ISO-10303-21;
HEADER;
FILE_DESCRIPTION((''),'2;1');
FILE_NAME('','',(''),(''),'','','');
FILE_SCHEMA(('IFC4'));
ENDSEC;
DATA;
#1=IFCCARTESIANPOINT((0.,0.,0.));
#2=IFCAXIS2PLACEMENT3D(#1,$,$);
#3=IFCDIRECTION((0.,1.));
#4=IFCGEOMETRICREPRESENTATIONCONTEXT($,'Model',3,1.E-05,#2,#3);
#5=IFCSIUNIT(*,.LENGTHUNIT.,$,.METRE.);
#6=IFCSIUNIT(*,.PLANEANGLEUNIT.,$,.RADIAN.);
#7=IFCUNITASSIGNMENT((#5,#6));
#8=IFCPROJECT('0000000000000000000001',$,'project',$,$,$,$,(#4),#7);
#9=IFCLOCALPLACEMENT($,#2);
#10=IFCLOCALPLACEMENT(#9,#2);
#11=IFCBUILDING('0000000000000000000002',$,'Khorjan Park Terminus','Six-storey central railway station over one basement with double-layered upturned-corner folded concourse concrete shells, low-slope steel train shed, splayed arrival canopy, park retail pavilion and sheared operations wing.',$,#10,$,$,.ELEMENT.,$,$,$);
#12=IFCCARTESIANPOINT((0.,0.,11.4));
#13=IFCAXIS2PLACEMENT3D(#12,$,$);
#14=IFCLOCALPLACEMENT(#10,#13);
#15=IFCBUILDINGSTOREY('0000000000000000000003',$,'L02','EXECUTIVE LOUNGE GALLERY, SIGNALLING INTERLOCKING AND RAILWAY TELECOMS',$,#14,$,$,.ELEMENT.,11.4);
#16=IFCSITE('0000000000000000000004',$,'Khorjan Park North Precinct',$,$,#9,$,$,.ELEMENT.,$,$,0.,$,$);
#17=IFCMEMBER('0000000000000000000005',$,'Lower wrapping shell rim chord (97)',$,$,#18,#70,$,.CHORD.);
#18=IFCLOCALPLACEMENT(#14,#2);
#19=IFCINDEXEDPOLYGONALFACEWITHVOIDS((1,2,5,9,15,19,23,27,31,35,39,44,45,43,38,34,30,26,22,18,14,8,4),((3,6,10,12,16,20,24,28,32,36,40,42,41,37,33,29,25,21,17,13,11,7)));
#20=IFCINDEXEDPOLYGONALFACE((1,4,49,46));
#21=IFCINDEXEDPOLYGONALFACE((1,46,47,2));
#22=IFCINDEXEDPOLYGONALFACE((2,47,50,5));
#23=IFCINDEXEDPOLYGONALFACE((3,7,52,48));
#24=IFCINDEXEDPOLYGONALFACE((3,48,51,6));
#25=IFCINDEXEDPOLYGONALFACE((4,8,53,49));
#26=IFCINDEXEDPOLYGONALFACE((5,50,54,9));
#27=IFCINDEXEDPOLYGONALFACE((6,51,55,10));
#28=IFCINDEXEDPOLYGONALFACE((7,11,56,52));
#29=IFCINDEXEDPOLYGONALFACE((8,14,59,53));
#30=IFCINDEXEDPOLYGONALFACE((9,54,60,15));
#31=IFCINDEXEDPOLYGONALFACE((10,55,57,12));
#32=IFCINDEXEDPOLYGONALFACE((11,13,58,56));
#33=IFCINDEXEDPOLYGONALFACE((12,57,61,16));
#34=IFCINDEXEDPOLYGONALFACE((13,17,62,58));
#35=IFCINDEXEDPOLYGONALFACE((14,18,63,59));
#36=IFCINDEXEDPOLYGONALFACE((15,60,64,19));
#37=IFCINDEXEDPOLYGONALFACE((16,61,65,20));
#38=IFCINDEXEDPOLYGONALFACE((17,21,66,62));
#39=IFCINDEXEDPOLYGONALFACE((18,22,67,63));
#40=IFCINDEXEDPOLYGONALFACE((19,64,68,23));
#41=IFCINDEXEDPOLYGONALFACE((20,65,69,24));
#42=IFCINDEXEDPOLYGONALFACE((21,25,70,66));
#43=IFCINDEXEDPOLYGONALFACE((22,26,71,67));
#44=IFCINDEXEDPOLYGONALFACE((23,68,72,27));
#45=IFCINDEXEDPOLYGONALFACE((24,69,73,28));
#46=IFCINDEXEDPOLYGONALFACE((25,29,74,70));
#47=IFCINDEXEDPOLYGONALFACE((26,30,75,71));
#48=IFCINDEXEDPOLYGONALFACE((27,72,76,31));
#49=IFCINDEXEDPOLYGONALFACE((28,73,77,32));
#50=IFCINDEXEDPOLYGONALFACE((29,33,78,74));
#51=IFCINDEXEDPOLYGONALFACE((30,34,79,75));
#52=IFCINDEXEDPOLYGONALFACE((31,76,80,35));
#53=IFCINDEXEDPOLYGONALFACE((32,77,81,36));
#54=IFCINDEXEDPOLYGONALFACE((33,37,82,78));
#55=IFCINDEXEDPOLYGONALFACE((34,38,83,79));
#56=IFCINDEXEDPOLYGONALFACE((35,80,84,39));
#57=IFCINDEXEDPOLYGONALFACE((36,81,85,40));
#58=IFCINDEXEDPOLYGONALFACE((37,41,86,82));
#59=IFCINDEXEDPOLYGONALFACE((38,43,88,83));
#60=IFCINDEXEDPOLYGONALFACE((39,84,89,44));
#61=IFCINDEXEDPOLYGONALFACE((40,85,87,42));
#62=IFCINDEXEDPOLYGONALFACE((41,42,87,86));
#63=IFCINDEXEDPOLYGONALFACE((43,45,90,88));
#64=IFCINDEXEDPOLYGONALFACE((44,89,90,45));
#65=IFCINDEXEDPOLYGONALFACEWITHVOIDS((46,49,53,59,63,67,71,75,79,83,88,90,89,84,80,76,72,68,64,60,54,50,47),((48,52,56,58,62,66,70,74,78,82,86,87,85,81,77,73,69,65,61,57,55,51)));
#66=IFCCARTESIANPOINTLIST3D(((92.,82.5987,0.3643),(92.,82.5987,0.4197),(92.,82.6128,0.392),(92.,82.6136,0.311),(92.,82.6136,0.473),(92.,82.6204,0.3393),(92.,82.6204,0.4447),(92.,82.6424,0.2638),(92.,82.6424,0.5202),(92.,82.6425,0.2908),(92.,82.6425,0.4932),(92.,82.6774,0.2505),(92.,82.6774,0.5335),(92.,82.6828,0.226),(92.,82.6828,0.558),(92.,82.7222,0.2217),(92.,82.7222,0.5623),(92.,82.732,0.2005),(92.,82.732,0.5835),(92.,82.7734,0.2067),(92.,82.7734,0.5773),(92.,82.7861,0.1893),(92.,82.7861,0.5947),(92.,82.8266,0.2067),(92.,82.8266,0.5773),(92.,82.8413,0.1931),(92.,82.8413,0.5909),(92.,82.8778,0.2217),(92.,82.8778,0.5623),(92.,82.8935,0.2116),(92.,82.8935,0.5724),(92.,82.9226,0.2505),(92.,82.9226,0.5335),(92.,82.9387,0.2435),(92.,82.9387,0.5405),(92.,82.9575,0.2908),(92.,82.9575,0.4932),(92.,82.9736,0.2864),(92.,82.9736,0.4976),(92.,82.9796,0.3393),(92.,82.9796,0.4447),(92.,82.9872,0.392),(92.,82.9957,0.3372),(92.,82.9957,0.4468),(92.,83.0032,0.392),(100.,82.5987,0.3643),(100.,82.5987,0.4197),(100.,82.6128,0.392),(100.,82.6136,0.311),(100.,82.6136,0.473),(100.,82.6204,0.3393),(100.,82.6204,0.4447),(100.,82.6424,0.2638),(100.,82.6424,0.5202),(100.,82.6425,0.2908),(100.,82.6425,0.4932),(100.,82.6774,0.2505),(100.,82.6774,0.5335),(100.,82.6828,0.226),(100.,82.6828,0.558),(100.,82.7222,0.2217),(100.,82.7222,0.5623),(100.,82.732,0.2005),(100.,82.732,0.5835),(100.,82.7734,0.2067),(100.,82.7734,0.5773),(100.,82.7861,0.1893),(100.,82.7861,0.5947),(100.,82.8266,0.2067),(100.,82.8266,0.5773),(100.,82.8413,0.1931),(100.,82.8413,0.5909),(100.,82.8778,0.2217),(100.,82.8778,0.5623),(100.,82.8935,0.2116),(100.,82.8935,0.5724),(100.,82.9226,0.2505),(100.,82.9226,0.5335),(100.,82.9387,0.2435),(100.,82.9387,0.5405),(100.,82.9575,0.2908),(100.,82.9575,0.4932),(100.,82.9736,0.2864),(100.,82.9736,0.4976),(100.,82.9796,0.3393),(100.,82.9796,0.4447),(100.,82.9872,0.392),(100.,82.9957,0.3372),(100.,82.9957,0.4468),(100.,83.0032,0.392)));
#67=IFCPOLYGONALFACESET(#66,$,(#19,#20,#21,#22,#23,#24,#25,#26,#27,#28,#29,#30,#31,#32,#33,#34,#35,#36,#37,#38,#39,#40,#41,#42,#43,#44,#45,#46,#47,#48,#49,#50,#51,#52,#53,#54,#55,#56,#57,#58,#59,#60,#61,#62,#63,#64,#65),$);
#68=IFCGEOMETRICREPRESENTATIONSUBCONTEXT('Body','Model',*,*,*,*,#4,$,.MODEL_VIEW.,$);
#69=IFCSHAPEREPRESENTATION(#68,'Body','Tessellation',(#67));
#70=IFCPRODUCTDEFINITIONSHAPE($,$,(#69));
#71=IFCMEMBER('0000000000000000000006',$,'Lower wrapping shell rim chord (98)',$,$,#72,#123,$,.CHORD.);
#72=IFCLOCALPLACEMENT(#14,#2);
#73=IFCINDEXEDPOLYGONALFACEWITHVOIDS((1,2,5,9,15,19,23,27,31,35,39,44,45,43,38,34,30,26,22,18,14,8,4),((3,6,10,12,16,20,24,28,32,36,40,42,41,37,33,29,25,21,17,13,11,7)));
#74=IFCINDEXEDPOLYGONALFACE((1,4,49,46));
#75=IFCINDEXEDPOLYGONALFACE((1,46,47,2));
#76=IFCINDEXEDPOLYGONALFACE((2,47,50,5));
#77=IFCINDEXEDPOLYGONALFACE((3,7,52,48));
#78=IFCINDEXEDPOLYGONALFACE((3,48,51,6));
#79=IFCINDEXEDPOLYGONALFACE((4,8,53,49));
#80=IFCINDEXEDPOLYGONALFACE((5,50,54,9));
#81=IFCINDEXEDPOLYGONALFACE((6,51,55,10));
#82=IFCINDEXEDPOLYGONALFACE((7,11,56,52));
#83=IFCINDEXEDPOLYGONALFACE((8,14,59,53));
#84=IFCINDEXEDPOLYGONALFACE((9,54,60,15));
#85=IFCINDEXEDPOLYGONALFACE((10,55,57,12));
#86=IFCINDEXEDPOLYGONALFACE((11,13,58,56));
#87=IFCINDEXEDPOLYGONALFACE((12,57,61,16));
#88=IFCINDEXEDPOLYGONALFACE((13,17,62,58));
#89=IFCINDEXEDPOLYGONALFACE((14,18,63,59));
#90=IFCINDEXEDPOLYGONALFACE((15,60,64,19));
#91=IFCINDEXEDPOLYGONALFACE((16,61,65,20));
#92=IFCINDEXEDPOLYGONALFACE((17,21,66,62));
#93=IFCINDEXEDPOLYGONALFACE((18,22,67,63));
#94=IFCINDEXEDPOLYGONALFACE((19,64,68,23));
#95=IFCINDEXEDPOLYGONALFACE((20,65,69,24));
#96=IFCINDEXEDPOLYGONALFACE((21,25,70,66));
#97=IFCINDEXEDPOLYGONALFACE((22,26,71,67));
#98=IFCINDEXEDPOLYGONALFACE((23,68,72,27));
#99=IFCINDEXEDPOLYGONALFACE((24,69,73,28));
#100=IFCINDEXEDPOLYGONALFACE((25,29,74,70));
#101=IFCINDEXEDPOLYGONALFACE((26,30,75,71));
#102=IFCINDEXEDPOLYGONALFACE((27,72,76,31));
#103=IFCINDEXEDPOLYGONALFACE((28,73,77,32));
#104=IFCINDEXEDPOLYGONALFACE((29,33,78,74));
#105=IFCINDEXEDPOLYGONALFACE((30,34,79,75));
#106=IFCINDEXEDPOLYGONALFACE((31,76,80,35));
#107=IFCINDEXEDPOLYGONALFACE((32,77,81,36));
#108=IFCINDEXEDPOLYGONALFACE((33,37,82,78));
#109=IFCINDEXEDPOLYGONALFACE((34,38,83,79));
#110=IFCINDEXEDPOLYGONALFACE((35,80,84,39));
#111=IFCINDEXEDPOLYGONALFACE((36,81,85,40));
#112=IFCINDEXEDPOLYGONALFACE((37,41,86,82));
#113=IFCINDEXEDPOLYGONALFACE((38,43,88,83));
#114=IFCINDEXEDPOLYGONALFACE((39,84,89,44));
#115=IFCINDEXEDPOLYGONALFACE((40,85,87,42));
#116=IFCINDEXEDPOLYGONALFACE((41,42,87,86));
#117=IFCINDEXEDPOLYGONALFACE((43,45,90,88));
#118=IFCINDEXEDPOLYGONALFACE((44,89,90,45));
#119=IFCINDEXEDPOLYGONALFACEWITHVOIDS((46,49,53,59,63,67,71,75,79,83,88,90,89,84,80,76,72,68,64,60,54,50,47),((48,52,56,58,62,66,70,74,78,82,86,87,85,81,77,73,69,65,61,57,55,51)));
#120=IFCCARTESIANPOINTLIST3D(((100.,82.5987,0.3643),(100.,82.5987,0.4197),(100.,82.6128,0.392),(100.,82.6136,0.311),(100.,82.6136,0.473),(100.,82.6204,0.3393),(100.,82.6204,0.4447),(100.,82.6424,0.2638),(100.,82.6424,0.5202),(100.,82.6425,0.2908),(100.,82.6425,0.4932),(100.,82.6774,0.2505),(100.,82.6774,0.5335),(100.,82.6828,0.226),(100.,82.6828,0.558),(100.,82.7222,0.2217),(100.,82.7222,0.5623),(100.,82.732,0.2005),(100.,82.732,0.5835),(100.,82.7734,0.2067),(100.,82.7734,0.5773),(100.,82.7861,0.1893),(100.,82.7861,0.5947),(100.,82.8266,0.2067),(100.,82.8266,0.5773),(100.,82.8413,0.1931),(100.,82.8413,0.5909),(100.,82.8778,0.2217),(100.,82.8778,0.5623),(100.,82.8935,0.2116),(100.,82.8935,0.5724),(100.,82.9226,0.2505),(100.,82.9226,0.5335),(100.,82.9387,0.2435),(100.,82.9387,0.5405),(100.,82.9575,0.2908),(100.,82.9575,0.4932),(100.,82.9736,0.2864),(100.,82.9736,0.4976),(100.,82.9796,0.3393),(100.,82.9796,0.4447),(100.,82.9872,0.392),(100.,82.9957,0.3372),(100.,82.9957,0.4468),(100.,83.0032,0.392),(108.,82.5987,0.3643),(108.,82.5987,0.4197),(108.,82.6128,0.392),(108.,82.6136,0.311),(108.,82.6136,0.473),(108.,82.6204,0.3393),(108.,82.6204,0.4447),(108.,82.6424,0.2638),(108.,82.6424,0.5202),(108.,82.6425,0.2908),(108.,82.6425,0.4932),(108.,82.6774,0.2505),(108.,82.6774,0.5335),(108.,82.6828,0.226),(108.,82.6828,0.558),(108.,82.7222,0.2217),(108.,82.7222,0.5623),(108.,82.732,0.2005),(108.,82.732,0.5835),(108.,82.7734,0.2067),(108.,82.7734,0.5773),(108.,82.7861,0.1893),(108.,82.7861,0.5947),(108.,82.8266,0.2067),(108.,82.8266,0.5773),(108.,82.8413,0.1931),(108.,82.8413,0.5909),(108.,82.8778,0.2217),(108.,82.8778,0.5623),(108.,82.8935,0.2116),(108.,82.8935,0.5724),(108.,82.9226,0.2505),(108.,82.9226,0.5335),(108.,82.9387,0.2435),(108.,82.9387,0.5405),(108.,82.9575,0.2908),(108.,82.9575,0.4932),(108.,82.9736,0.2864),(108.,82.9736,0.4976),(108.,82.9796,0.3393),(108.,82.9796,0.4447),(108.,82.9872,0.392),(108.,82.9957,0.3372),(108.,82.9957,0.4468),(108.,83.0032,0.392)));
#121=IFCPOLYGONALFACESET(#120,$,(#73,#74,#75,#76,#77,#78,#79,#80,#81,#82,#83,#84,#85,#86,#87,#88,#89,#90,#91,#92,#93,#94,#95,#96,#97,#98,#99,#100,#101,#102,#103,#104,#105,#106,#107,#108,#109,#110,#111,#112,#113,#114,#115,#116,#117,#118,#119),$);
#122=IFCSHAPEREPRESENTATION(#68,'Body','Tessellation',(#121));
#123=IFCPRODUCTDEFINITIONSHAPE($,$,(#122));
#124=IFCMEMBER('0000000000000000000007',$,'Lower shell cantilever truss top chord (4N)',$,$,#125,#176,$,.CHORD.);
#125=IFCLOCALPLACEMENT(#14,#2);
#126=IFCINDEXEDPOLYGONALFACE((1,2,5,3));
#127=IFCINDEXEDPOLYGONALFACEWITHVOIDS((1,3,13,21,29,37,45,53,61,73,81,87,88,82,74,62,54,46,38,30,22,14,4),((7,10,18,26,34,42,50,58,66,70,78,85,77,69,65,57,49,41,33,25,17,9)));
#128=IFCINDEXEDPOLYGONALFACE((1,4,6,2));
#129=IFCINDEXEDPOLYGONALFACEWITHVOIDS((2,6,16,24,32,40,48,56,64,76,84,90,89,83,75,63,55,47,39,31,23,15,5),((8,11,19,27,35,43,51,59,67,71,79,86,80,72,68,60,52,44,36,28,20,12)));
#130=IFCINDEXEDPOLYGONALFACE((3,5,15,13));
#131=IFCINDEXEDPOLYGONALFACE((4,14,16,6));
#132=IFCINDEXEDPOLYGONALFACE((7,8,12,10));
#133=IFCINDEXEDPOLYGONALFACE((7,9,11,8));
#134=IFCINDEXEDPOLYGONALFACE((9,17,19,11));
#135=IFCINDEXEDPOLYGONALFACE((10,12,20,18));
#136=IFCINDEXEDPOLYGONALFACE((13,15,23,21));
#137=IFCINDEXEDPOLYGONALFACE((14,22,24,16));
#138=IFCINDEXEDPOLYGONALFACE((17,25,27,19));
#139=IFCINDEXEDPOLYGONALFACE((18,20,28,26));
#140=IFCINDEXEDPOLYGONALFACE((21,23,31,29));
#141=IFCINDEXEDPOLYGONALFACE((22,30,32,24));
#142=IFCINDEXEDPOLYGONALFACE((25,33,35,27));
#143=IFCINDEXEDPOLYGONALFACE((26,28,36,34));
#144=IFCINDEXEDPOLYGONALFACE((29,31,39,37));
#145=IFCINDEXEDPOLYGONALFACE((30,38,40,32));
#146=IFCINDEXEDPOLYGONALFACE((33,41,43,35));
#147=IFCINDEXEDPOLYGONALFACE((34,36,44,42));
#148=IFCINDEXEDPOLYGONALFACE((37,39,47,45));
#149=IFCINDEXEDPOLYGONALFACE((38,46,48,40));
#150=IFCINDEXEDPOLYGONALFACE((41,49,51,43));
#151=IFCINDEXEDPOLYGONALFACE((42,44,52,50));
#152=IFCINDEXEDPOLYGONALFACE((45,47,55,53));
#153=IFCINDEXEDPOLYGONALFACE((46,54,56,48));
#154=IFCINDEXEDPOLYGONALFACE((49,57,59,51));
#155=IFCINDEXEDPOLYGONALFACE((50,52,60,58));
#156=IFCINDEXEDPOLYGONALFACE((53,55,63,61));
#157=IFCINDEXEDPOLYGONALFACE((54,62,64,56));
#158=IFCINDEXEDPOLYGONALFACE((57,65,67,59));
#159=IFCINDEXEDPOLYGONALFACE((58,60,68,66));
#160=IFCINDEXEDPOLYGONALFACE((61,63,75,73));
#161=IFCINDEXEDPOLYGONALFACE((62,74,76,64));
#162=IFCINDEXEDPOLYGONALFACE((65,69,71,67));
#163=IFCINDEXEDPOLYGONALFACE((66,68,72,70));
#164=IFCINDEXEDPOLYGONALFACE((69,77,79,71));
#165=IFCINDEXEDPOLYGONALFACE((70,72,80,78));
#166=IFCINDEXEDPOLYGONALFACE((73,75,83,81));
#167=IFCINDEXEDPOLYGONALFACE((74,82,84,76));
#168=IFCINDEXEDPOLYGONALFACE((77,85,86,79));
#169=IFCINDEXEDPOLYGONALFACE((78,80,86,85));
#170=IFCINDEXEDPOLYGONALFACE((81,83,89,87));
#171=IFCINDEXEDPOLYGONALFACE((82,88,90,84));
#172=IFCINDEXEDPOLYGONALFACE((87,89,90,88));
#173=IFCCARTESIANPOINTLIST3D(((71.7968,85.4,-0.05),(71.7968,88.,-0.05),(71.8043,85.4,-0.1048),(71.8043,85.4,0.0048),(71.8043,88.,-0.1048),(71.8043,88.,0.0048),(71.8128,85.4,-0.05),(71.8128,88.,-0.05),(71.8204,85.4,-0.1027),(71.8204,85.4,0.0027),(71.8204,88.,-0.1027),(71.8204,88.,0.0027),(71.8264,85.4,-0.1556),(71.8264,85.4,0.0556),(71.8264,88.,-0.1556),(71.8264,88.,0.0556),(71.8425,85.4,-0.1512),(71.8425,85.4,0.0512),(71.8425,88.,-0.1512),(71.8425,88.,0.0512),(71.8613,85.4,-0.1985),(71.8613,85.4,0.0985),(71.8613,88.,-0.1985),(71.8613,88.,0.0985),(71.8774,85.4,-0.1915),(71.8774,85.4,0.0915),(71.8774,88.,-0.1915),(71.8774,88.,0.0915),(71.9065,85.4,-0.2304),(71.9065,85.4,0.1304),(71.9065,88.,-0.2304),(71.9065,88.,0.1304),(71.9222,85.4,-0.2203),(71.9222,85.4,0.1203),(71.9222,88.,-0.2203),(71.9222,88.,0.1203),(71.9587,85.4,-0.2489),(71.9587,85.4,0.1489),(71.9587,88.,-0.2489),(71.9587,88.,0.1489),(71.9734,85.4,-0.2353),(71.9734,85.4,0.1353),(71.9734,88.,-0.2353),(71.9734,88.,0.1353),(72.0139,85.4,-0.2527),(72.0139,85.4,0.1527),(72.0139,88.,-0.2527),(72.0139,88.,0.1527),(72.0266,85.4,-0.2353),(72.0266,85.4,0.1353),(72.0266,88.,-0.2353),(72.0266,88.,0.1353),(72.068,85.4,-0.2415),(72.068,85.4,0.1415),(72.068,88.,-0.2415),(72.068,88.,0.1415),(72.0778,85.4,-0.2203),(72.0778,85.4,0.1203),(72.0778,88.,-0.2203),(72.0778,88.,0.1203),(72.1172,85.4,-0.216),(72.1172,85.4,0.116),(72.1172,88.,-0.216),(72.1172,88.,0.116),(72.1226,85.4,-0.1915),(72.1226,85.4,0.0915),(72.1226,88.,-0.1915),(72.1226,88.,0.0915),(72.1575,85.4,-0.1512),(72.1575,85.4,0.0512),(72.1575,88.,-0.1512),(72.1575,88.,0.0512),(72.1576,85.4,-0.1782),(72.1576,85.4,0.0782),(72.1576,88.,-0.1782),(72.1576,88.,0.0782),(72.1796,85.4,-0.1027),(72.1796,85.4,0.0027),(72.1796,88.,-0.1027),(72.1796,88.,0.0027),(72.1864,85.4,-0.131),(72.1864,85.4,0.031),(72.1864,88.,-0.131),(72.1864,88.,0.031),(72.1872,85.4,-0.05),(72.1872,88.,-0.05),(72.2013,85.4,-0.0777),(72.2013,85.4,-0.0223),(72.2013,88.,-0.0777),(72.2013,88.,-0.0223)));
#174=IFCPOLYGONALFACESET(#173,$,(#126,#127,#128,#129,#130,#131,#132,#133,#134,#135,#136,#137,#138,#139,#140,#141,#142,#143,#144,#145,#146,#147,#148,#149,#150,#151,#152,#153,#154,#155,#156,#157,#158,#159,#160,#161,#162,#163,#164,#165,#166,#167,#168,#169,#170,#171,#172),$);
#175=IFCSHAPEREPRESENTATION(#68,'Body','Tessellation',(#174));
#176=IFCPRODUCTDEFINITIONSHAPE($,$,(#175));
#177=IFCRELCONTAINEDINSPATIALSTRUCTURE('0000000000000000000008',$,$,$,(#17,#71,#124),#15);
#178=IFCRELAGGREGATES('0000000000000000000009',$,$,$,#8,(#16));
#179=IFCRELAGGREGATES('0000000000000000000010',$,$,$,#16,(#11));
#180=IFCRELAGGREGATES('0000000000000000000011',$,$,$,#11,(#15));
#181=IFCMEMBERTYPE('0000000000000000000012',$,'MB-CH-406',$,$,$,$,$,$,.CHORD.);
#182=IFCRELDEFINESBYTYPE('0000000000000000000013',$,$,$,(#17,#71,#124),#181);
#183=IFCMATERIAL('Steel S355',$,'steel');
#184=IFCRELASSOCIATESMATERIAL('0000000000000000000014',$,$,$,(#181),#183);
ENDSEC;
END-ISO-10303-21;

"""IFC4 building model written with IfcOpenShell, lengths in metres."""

from ifc_helpers import new_model, si_unit, direction, frame, origin, origin_2d, place, context, subcontext, project, spatial, hollow_circle, extrude, material, material_profile, profile_set, type_object, element, save


model = new_model("IFC4")

# Units and contexts
model_context = context("Model", 3, precision=1e-05, world=origin(), true_north=direction((0.0, 1.0)))
body_context = subcontext(model_context, "Body", "Model", "MODEL_VIEW")
ifc_project = project(units=[si_unit("LENGTHUNIT", "METRE"), si_unit("PLANEANGLEUNIT", "RADIAN")], contexts=[model_context])

# Site, building, storey
site_placement = place(None, origin())
site = spatial("IfcSite", under=ifc_project, at=site_placement, Name="Khorjan Park North Precinct", CompositionType="ELEMENT", RefElevation=0.0)
building_placement = place(site_placement, origin())
building = spatial("IfcBuilding", under=site, at=building_placement, Name="Khorjan Park Terminus", Description="Six-storey central railway station over one basement with double-layered upturned-corner folded concourse concrete shells, low-slope steel train shed, splayed arrival canopy, park retail pavilion and sheared operations wing.", CompositionType="ELEMENT")
storey_placement = place(building_placement, frame((0.0, 0.0, 11.4)))
storey = spatial("IfcBuildingStorey", under=building, at=storey_placement, Name="L02", Description="EXECUTIVE LOUNGE GALLERY, SIGNALLING INTERLOCKING AND RAILWAY TELECOMS", CompositionType="ELEMENT", Elevation=11.4)

# Members
ifc_material_1 = material(Name="Steel S355", Category="steel")
ifc_material_profile_1 = material_profile(ifc_material_1, hollow_circle(Radius=0.2032, WallThickness=0.016, at=origin_2d()), Name="CHS 406.4x16")
ifc_profile_set_1 = profile_set([ifc_material_profile_1], Name="Steel S355")
member_type_1 = type_object("IfcMemberType", Name="MB-CH-406", PredefinedType="CHORD", material=ifc_profile_set_1)
for number, where, z_axis, x_axis, name in (
    (1, (92.0, 82.8, 0.392), (1.0, 0.0, 0.0), (0.0, 1.0, 0.0), "Lower wrapping shell rim chord (97)"),
    (2, (100.0, 82.8, 0.392), (1.0, 0.0, 0.0), (0.0, 1.0, 0.0), "Lower wrapping shell rim chord (98)"),
):
    element("IfcMember", number, at=place(storey_placement, frame(where, z_axis=z_axis, x_axis=x_axis)), inside=storey, type_object=member_type_1, Name=name, PredefinedType="CHORD", context=body_context, shape_type="SweptSolid", body=[
        extrude(hollow_circle(Radius=0.2032, WallThickness=0.016, at=origin_2d()), origin(), (0.0, 0.0, 1.0), 8.0),
    ])
for number, where, z_axis, x_axis, name in (
    (3, (72.0, 85.4, -0.05), (0.0, 1.0, 0.0), (-1.0, 0.0, 0.0), "Lower shell cantilever truss top chord (4N)"),
):
    element("IfcMember", number, at=place(storey_placement, frame(where, z_axis=z_axis, x_axis=x_axis)), inside=storey, type_object=member_type_1, Name=name, PredefinedType="CHORD", context=body_context, shape_type="SweptSolid", body=[
        extrude(hollow_circle(Radius=0.2032, WallThickness=0.016, at=origin_2d()), origin(), (0.0, 0.0, 1.0), 2.6),
    ])

save(model, "model.ifc")
